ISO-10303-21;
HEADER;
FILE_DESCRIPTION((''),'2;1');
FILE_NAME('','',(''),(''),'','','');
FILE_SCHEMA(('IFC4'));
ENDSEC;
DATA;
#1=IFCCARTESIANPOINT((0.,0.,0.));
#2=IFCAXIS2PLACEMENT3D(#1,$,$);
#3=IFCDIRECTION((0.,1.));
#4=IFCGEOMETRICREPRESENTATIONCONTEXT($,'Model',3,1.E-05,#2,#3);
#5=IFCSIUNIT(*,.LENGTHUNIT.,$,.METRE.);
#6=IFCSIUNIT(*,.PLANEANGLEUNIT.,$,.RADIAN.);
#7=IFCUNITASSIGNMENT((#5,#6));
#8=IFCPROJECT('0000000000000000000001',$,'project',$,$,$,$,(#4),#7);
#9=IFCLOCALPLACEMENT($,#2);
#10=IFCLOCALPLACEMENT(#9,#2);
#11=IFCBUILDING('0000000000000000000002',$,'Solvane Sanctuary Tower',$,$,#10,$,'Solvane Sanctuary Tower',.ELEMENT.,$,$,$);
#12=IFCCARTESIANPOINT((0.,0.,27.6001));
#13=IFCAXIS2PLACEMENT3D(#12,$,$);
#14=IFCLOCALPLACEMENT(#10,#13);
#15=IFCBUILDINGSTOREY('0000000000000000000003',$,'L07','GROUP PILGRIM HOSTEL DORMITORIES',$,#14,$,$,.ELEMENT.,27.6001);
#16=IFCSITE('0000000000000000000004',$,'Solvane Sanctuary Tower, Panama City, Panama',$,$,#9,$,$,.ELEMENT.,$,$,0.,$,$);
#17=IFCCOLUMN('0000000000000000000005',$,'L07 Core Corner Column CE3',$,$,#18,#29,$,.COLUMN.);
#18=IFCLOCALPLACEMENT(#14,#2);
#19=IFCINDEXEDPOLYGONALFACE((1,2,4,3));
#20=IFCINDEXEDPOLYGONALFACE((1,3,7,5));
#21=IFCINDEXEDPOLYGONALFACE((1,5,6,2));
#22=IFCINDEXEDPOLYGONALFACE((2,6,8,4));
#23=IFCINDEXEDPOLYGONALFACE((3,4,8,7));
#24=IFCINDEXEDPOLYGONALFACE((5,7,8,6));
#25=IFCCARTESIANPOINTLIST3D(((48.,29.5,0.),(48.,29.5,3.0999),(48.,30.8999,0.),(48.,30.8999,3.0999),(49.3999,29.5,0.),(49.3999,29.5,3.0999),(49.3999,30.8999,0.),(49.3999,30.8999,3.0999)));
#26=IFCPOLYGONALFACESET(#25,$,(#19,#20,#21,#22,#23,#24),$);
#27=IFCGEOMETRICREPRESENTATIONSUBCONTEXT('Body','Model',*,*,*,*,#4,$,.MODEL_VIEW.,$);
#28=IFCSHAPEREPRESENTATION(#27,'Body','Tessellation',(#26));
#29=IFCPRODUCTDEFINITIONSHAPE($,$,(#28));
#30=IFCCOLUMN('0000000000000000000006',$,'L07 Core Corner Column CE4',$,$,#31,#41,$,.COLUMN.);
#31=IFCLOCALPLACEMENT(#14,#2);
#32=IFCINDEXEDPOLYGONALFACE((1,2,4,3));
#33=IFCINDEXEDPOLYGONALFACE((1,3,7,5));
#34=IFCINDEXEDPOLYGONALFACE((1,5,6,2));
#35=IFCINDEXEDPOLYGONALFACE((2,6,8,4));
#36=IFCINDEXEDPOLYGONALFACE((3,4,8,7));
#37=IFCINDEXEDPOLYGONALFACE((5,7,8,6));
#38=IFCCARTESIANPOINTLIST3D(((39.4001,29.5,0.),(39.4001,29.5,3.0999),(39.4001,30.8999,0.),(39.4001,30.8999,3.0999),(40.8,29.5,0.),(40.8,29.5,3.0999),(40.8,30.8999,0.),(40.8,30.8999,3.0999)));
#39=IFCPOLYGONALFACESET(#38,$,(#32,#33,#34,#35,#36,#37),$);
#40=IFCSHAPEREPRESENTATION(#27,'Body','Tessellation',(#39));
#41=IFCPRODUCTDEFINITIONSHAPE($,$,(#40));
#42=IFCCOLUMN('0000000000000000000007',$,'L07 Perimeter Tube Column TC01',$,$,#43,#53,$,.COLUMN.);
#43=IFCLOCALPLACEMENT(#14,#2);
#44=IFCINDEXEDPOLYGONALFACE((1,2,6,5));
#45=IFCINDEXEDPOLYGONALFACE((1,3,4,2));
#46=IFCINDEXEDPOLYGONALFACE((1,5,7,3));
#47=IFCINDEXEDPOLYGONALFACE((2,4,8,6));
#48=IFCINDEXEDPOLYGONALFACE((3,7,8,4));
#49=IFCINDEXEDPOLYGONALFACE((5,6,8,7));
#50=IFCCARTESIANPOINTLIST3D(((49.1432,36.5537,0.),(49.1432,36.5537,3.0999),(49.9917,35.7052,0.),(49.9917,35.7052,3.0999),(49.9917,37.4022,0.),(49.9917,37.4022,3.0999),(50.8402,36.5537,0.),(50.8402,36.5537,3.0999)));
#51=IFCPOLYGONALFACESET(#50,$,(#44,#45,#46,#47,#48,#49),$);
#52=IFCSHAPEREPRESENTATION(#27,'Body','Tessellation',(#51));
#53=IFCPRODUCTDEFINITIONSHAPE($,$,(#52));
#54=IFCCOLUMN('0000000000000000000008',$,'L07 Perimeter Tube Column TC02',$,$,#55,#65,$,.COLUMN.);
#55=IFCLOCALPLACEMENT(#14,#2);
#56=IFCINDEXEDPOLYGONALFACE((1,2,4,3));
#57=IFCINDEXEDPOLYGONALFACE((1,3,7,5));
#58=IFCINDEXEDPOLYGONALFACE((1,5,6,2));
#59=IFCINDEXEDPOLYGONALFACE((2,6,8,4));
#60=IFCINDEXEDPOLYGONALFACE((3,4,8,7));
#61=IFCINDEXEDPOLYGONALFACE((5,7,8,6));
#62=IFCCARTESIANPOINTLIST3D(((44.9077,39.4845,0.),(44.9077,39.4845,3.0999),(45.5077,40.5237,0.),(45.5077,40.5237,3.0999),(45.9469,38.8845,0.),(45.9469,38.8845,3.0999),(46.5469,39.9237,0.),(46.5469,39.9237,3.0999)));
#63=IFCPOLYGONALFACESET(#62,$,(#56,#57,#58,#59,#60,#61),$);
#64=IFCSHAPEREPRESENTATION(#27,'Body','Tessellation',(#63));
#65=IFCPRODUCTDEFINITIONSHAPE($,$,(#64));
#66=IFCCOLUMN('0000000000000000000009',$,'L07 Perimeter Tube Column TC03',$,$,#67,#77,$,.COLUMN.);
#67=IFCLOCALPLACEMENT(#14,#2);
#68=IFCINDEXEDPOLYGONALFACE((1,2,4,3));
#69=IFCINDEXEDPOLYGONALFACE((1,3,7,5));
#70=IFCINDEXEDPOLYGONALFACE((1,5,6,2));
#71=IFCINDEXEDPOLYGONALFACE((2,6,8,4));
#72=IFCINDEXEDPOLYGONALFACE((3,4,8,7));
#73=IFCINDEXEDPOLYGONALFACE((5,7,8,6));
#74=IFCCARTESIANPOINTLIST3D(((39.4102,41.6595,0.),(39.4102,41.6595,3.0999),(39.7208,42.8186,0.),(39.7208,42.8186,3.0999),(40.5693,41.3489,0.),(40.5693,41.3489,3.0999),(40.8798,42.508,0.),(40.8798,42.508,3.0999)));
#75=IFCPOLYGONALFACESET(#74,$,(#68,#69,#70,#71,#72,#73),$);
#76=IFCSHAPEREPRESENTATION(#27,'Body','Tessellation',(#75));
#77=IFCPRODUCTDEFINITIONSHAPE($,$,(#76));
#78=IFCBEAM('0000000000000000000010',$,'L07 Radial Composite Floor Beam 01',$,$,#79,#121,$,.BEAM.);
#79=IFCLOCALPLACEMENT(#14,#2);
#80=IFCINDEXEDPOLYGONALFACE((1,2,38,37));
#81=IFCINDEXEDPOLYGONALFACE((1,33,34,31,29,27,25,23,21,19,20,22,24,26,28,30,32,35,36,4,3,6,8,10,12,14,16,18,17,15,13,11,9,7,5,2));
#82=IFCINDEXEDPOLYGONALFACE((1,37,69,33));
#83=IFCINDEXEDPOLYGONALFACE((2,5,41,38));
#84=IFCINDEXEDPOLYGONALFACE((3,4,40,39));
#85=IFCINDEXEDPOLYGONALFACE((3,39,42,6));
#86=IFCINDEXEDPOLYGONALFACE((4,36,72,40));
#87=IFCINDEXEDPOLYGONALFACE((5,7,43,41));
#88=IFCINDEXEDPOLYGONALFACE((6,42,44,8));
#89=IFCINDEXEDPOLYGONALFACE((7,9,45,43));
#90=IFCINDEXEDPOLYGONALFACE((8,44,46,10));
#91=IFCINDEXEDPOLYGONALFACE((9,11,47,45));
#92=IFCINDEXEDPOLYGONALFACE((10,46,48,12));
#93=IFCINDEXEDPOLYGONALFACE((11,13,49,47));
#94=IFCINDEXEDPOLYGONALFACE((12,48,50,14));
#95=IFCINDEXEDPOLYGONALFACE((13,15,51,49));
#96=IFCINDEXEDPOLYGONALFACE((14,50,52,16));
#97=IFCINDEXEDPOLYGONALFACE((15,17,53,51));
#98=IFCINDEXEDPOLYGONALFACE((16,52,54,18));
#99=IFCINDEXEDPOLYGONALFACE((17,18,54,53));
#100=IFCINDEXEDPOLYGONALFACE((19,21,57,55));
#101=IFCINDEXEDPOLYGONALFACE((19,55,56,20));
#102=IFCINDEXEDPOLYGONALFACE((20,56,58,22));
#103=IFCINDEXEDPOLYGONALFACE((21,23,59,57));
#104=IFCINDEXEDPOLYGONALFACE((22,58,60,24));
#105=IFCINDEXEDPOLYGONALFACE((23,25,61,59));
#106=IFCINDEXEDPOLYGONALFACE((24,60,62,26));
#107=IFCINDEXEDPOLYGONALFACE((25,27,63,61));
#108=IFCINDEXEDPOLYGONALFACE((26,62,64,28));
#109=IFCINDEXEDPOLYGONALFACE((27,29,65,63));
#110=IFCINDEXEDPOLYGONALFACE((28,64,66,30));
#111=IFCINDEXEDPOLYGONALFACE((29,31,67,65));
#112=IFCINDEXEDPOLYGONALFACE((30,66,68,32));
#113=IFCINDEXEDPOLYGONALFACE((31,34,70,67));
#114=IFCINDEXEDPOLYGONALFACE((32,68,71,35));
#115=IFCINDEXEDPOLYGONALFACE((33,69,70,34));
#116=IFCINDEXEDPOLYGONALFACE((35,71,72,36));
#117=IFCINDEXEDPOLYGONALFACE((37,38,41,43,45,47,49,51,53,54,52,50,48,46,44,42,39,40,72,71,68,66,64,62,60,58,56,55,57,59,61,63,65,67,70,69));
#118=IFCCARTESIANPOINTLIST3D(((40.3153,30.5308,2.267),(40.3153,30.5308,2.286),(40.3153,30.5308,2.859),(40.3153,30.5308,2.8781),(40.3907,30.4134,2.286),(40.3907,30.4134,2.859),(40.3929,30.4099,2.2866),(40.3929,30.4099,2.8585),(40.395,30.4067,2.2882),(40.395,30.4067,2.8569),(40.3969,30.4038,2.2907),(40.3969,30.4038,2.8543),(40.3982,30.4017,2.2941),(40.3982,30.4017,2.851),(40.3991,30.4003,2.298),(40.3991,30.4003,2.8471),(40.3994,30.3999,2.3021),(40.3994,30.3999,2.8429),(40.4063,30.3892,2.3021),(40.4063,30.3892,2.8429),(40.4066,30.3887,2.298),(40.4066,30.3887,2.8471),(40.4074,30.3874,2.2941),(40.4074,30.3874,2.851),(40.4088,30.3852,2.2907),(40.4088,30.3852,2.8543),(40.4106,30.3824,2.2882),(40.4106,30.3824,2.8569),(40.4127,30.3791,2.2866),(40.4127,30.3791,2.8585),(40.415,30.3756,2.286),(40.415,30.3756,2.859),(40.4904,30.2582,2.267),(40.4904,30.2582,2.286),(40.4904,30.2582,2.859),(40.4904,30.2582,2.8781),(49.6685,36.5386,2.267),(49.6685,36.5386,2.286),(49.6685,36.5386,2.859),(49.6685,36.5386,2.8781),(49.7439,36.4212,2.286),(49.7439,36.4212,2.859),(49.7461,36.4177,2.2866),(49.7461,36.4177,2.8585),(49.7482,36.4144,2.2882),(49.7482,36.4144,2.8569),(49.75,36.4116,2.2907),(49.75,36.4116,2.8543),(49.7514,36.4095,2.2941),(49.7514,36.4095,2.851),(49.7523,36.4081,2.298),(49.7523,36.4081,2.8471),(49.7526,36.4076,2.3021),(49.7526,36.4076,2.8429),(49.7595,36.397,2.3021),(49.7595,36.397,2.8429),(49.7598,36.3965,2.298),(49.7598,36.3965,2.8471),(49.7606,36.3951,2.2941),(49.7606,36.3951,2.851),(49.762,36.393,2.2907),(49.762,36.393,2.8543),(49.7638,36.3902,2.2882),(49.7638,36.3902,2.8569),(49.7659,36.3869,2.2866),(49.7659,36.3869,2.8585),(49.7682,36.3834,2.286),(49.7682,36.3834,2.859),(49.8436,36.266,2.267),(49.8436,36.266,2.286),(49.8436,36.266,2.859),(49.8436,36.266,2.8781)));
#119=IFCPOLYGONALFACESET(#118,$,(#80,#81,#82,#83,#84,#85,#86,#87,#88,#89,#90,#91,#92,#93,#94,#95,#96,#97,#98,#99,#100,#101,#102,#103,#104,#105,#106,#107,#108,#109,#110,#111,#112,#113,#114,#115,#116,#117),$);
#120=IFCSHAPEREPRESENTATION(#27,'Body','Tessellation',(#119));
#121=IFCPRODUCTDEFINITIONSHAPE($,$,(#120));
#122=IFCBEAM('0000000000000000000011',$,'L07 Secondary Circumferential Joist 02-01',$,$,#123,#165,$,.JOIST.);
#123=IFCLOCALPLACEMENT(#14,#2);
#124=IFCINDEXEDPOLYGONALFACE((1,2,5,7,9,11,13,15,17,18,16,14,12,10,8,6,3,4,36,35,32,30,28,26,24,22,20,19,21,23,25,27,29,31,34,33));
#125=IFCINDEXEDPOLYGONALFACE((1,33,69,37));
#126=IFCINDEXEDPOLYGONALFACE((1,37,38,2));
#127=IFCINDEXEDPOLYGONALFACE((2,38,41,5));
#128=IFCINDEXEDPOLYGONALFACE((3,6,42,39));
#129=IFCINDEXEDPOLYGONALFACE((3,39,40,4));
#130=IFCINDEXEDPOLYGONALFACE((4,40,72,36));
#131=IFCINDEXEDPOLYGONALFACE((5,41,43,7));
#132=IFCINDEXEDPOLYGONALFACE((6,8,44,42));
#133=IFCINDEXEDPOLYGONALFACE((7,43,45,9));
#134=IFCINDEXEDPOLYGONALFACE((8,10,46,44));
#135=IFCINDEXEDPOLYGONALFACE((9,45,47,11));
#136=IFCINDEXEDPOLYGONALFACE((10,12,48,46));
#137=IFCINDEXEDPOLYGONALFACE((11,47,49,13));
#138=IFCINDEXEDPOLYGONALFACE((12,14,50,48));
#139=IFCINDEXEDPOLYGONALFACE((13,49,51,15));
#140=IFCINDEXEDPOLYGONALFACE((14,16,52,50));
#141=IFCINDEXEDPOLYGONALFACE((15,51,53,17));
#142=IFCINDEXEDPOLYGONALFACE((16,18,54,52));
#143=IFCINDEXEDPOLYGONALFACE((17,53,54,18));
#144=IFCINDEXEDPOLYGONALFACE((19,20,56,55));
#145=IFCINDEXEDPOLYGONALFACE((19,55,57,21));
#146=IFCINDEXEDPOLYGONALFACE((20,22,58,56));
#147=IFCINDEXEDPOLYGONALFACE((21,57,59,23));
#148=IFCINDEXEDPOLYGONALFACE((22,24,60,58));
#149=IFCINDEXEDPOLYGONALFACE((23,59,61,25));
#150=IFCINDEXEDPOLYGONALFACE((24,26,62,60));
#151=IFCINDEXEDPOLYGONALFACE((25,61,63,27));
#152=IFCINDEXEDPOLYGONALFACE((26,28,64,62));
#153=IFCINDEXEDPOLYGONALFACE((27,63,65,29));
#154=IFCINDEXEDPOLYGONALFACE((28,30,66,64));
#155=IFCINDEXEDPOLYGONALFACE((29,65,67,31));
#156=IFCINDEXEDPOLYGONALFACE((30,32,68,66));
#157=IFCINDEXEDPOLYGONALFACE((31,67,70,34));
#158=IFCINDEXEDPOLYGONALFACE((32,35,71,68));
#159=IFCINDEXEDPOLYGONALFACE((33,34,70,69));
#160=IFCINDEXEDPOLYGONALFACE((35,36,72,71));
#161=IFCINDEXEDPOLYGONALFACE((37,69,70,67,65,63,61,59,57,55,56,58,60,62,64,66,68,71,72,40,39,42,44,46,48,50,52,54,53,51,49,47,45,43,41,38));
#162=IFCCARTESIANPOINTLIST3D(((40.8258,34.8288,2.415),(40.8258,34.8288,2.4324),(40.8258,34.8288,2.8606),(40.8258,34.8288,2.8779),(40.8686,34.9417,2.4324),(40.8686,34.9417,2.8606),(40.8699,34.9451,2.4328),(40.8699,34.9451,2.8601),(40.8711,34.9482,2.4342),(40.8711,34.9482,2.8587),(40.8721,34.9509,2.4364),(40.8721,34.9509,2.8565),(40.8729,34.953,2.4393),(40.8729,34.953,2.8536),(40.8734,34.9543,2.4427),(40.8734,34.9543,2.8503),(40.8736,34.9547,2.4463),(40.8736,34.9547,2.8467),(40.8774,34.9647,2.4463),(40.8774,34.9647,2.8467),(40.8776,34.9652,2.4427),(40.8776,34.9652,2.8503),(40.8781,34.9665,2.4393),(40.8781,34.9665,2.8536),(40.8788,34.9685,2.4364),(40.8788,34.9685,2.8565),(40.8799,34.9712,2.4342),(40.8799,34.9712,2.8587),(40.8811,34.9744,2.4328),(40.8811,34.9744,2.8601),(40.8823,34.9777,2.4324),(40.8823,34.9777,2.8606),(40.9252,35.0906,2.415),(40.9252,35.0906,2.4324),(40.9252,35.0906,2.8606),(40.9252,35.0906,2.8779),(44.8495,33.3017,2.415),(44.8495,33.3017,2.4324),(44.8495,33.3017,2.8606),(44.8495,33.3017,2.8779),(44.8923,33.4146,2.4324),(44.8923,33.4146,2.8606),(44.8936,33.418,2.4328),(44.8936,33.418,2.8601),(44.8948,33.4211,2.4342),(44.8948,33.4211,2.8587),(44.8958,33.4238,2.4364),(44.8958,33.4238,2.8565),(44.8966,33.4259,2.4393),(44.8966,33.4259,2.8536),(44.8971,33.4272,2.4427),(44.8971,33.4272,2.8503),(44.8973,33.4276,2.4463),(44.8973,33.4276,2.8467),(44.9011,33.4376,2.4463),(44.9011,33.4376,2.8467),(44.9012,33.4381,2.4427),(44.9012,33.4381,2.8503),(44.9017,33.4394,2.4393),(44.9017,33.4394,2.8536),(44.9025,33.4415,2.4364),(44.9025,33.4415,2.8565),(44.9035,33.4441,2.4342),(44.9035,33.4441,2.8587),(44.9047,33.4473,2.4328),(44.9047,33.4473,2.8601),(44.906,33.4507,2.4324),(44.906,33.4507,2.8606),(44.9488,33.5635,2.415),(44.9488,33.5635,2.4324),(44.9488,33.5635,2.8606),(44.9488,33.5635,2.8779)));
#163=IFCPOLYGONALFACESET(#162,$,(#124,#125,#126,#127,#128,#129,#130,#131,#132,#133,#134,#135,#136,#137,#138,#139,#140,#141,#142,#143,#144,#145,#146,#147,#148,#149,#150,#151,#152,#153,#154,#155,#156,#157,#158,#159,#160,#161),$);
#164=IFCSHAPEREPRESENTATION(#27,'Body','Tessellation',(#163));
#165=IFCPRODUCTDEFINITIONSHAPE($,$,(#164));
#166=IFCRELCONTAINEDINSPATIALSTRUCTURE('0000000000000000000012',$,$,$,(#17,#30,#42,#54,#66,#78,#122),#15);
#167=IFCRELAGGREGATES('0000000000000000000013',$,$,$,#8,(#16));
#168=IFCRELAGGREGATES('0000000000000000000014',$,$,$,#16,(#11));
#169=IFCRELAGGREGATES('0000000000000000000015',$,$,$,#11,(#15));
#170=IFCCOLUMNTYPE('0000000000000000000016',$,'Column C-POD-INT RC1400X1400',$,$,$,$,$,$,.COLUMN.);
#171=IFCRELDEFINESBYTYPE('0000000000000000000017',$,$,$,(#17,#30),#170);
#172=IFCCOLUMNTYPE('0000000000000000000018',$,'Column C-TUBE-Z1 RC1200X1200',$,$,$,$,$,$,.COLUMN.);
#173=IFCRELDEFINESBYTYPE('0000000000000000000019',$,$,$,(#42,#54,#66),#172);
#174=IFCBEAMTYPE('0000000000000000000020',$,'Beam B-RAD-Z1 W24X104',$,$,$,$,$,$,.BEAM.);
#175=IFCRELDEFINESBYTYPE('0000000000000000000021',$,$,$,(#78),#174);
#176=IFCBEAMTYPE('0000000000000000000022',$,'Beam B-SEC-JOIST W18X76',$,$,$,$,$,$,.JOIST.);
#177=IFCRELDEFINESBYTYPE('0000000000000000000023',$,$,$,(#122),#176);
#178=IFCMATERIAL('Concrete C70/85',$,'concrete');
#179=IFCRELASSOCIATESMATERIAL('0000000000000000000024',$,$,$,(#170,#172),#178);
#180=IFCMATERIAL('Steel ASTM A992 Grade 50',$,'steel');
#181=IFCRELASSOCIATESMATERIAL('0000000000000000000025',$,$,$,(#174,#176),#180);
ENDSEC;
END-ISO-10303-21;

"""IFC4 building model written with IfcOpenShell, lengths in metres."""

from ifc_helpers import new_model, si_unit, direction, frame, origin, origin_2d, place, context, subcontext, project, spatial, rectangle, i_section, extrude, material, material_profile, profile_set, type_object, element, save


model = new_model("IFC4")

# Units and contexts
model_context = context("Model", 3, precision=1e-05, world=origin(), true_north=direction((0.0, 1.0)))
body_context = subcontext(model_context, "Body", "Model", "MODEL_VIEW")
ifc_project = project(units=[si_unit("LENGTHUNIT", "METRE"), si_unit("PLANEANGLEUNIT", "RADIAN")], contexts=[model_context])

# Site, building, storey
site_placement = place(None, origin())
site = spatial("IfcSite", under=ifc_project, at=site_placement, Name="Solvane Sanctuary Tower, Panama City, Panama", CompositionType="ELEMENT", RefElevation=0.0)
building_placement = place(site_placement, origin())
building = spatial("IfcBuilding", under=site, at=building_placement, Name="Solvane Sanctuary Tower", LongName="Solvane Sanctuary Tower", CompositionType="ELEMENT")
storey_placement = place(building_placement, frame((0.0, 0.0, 27.6001)))
storey = spatial("IfcBuildingStorey", under=building, at=storey_placement, Name="L07", Description="GROUP PILGRIM HOSTEL DORMITORIES", CompositionType="ELEMENT", Elevation=27.6001)

# Columns
ifc_material_1 = material(Name="Concrete C70/85", Category="concrete")
ifc_material_profile_1 = material_profile(ifc_material_1, rectangle(XDim=1.3999, YDim=1.3999, at=origin_2d()), Name="RC1400X1400")
ifc_profile_set_1 = profile_set([ifc_material_profile_1], Name="Concrete C70/85")
column_type_1 = type_object("IfcColumnType", Name="Column C-POD-INT RC1400X1400", PredefinedType="COLUMN", material=ifc_profile_set_1)
for number, where, z_axis, x_axis, name in (
    (1, (48.7, 30.2, 0.0), (0.0, 0.0, 1.0), (1.0, 0.0, 0.0), "L07 Core Corner Column CE3"),
    (2, (40.1001, 30.2, 0.0), (0.0, 0.0, 1.0), (1.0, 0.0, 0.0), "L07 Core Corner Column CE4"),
):
    element("IfcColumn", number, at=place(storey_placement, frame(where, z_axis=z_axis, x_axis=x_axis)), inside=storey, type_object=column_type_1, Name=name, PredefinedType="COLUMN", context=body_context, shape_type="SweptSolid", body=[
        extrude(rectangle(XDim=1.3999, YDim=1.3999, at=origin_2d()), origin(), (0.0, 0.0, 1.0), 3.0999),
    ])
ifc_material_profile_2 = material_profile(ifc_material_1, rectangle(XDim=1.2, YDim=1.2, at=origin_2d()), Name="RC1200X1200")
ifc_profile_set_2 = profile_set([ifc_material_profile_2], Name="Concrete C70/85")
column_type_2 = type_object("IfcColumnType", Name="Column C-TUBE-Z1 RC1200X1200", PredefinedType="COLUMN", material=ifc_profile_set_2)
for number, where, z_axis, x_axis, name in (
    (3, (49.9917, 36.5537, 0.0), (0.0, 0.0, 1.0), (0.707107, 0.707107, 0.0), "L07 Perimeter Tube Column TC01"),
    (4, (45.7273, 39.7041, 0.0), (0.0, 0.0, 1.0), (0.5, 0.866025, 0.0), "L07 Perimeter Tube Column TC02"),
    (5, (40.145, 42.0837, 0.0), (0.0, 0.0, 1.0), (0.258819, 0.965926, 0.0), "L07 Perimeter Tube Column TC03"),
):
    element("IfcColumn", number, at=place(storey_placement, frame(where, z_axis=z_axis, x_axis=x_axis)), inside=storey, type_object=column_type_2, Name=name, PredefinedType="COLUMN", context=body_context, shape_type="SweptSolid", body=[
        extrude(rectangle(XDim=1.2, YDim=1.2, at=origin_2d()), origin(), (0.0, 0.0, 1.0), 3.0999),
    ])

# Beams
ifc_material_2 = material(Name="Steel ASTM A992 Grade 50", Category="steel")
ifc_material_profile_3 = material_profile(ifc_material_2, i_section(OverallWidth=0.324, OverallDepth=0.6111, WebThickness=0.0127, FlangeThickness=0.019, FilletRadius=0.0161, at=origin_2d()), Name="W24X104")
ifc_profile_set_3 = profile_set([ifc_material_profile_3], Name="Steel ASTM A992 Grade 50")
beam_type_1 = type_object("IfcBeamType", Name="Beam B-RAD-Z1 W24X104", PredefinedType="BEAM", material=ifc_profile_set_3)
beam_1_placement = place(storey_placement, frame((40.4028, 30.3945, 2.5725), z_axis=(0.841383, 0.540439, 0.0), x_axis=(-0.540439, 0.841383, 0.0)))
element("IfcBeam", 6, at=beam_1_placement, inside=storey, type_object=beam_type_1, Name="L07 Radial Composite Floor Beam 01", PredefinedType="BEAM", context=body_context, shape_type="SweptSolid", body=[
    extrude(i_section(OverallWidth=0.324, OverallDepth=0.6111, WebThickness=0.0127, FlangeThickness=0.019, FilletRadius=0.0161, at=origin_2d()), origin(), (0.0, 0.0, 1.0), 11.1165),
])
ifc_material_profile_4 = material_profile(ifc_material_2, i_section(OverallWidth=0.28, OverallDepth=0.4629, WebThickness=0.0107, FlangeThickness=0.0173, FilletRadius=0.0139, at=origin_2d()), Name="W18X76")
ifc_profile_set_4 = profile_set([ifc_material_profile_4], Name="Steel ASTM A992 Grade 50")
beam_type_2 = type_object("IfcBeamType", Name="Beam B-SEC-JOIST W18X76", PredefinedType="JOIST", material=ifc_profile_set_4)
beam_2_placement = place(storey_placement, frame((40.8755, 34.9597, 2.6465), z_axis=(0.93493, -0.354832, 0.0), x_axis=(0.354832, 0.93493, 0.0)))
element("IfcBeam", 7, at=beam_2_placement, inside=storey, type_object=beam_type_2, Name="L07 Secondary Circumferential Joist 02-01", PredefinedType="JOIST", context=body_context, shape_type="SweptSolid", body=[
    extrude(i_section(OverallWidth=0.28, OverallDepth=0.4629, WebThickness=0.0107, FlangeThickness=0.0173, FilletRadius=0.0139, at=origin_2d()), origin(), (0.0, 0.0, 1.0), 4.3037),
])

save(model, "model.ifc")
